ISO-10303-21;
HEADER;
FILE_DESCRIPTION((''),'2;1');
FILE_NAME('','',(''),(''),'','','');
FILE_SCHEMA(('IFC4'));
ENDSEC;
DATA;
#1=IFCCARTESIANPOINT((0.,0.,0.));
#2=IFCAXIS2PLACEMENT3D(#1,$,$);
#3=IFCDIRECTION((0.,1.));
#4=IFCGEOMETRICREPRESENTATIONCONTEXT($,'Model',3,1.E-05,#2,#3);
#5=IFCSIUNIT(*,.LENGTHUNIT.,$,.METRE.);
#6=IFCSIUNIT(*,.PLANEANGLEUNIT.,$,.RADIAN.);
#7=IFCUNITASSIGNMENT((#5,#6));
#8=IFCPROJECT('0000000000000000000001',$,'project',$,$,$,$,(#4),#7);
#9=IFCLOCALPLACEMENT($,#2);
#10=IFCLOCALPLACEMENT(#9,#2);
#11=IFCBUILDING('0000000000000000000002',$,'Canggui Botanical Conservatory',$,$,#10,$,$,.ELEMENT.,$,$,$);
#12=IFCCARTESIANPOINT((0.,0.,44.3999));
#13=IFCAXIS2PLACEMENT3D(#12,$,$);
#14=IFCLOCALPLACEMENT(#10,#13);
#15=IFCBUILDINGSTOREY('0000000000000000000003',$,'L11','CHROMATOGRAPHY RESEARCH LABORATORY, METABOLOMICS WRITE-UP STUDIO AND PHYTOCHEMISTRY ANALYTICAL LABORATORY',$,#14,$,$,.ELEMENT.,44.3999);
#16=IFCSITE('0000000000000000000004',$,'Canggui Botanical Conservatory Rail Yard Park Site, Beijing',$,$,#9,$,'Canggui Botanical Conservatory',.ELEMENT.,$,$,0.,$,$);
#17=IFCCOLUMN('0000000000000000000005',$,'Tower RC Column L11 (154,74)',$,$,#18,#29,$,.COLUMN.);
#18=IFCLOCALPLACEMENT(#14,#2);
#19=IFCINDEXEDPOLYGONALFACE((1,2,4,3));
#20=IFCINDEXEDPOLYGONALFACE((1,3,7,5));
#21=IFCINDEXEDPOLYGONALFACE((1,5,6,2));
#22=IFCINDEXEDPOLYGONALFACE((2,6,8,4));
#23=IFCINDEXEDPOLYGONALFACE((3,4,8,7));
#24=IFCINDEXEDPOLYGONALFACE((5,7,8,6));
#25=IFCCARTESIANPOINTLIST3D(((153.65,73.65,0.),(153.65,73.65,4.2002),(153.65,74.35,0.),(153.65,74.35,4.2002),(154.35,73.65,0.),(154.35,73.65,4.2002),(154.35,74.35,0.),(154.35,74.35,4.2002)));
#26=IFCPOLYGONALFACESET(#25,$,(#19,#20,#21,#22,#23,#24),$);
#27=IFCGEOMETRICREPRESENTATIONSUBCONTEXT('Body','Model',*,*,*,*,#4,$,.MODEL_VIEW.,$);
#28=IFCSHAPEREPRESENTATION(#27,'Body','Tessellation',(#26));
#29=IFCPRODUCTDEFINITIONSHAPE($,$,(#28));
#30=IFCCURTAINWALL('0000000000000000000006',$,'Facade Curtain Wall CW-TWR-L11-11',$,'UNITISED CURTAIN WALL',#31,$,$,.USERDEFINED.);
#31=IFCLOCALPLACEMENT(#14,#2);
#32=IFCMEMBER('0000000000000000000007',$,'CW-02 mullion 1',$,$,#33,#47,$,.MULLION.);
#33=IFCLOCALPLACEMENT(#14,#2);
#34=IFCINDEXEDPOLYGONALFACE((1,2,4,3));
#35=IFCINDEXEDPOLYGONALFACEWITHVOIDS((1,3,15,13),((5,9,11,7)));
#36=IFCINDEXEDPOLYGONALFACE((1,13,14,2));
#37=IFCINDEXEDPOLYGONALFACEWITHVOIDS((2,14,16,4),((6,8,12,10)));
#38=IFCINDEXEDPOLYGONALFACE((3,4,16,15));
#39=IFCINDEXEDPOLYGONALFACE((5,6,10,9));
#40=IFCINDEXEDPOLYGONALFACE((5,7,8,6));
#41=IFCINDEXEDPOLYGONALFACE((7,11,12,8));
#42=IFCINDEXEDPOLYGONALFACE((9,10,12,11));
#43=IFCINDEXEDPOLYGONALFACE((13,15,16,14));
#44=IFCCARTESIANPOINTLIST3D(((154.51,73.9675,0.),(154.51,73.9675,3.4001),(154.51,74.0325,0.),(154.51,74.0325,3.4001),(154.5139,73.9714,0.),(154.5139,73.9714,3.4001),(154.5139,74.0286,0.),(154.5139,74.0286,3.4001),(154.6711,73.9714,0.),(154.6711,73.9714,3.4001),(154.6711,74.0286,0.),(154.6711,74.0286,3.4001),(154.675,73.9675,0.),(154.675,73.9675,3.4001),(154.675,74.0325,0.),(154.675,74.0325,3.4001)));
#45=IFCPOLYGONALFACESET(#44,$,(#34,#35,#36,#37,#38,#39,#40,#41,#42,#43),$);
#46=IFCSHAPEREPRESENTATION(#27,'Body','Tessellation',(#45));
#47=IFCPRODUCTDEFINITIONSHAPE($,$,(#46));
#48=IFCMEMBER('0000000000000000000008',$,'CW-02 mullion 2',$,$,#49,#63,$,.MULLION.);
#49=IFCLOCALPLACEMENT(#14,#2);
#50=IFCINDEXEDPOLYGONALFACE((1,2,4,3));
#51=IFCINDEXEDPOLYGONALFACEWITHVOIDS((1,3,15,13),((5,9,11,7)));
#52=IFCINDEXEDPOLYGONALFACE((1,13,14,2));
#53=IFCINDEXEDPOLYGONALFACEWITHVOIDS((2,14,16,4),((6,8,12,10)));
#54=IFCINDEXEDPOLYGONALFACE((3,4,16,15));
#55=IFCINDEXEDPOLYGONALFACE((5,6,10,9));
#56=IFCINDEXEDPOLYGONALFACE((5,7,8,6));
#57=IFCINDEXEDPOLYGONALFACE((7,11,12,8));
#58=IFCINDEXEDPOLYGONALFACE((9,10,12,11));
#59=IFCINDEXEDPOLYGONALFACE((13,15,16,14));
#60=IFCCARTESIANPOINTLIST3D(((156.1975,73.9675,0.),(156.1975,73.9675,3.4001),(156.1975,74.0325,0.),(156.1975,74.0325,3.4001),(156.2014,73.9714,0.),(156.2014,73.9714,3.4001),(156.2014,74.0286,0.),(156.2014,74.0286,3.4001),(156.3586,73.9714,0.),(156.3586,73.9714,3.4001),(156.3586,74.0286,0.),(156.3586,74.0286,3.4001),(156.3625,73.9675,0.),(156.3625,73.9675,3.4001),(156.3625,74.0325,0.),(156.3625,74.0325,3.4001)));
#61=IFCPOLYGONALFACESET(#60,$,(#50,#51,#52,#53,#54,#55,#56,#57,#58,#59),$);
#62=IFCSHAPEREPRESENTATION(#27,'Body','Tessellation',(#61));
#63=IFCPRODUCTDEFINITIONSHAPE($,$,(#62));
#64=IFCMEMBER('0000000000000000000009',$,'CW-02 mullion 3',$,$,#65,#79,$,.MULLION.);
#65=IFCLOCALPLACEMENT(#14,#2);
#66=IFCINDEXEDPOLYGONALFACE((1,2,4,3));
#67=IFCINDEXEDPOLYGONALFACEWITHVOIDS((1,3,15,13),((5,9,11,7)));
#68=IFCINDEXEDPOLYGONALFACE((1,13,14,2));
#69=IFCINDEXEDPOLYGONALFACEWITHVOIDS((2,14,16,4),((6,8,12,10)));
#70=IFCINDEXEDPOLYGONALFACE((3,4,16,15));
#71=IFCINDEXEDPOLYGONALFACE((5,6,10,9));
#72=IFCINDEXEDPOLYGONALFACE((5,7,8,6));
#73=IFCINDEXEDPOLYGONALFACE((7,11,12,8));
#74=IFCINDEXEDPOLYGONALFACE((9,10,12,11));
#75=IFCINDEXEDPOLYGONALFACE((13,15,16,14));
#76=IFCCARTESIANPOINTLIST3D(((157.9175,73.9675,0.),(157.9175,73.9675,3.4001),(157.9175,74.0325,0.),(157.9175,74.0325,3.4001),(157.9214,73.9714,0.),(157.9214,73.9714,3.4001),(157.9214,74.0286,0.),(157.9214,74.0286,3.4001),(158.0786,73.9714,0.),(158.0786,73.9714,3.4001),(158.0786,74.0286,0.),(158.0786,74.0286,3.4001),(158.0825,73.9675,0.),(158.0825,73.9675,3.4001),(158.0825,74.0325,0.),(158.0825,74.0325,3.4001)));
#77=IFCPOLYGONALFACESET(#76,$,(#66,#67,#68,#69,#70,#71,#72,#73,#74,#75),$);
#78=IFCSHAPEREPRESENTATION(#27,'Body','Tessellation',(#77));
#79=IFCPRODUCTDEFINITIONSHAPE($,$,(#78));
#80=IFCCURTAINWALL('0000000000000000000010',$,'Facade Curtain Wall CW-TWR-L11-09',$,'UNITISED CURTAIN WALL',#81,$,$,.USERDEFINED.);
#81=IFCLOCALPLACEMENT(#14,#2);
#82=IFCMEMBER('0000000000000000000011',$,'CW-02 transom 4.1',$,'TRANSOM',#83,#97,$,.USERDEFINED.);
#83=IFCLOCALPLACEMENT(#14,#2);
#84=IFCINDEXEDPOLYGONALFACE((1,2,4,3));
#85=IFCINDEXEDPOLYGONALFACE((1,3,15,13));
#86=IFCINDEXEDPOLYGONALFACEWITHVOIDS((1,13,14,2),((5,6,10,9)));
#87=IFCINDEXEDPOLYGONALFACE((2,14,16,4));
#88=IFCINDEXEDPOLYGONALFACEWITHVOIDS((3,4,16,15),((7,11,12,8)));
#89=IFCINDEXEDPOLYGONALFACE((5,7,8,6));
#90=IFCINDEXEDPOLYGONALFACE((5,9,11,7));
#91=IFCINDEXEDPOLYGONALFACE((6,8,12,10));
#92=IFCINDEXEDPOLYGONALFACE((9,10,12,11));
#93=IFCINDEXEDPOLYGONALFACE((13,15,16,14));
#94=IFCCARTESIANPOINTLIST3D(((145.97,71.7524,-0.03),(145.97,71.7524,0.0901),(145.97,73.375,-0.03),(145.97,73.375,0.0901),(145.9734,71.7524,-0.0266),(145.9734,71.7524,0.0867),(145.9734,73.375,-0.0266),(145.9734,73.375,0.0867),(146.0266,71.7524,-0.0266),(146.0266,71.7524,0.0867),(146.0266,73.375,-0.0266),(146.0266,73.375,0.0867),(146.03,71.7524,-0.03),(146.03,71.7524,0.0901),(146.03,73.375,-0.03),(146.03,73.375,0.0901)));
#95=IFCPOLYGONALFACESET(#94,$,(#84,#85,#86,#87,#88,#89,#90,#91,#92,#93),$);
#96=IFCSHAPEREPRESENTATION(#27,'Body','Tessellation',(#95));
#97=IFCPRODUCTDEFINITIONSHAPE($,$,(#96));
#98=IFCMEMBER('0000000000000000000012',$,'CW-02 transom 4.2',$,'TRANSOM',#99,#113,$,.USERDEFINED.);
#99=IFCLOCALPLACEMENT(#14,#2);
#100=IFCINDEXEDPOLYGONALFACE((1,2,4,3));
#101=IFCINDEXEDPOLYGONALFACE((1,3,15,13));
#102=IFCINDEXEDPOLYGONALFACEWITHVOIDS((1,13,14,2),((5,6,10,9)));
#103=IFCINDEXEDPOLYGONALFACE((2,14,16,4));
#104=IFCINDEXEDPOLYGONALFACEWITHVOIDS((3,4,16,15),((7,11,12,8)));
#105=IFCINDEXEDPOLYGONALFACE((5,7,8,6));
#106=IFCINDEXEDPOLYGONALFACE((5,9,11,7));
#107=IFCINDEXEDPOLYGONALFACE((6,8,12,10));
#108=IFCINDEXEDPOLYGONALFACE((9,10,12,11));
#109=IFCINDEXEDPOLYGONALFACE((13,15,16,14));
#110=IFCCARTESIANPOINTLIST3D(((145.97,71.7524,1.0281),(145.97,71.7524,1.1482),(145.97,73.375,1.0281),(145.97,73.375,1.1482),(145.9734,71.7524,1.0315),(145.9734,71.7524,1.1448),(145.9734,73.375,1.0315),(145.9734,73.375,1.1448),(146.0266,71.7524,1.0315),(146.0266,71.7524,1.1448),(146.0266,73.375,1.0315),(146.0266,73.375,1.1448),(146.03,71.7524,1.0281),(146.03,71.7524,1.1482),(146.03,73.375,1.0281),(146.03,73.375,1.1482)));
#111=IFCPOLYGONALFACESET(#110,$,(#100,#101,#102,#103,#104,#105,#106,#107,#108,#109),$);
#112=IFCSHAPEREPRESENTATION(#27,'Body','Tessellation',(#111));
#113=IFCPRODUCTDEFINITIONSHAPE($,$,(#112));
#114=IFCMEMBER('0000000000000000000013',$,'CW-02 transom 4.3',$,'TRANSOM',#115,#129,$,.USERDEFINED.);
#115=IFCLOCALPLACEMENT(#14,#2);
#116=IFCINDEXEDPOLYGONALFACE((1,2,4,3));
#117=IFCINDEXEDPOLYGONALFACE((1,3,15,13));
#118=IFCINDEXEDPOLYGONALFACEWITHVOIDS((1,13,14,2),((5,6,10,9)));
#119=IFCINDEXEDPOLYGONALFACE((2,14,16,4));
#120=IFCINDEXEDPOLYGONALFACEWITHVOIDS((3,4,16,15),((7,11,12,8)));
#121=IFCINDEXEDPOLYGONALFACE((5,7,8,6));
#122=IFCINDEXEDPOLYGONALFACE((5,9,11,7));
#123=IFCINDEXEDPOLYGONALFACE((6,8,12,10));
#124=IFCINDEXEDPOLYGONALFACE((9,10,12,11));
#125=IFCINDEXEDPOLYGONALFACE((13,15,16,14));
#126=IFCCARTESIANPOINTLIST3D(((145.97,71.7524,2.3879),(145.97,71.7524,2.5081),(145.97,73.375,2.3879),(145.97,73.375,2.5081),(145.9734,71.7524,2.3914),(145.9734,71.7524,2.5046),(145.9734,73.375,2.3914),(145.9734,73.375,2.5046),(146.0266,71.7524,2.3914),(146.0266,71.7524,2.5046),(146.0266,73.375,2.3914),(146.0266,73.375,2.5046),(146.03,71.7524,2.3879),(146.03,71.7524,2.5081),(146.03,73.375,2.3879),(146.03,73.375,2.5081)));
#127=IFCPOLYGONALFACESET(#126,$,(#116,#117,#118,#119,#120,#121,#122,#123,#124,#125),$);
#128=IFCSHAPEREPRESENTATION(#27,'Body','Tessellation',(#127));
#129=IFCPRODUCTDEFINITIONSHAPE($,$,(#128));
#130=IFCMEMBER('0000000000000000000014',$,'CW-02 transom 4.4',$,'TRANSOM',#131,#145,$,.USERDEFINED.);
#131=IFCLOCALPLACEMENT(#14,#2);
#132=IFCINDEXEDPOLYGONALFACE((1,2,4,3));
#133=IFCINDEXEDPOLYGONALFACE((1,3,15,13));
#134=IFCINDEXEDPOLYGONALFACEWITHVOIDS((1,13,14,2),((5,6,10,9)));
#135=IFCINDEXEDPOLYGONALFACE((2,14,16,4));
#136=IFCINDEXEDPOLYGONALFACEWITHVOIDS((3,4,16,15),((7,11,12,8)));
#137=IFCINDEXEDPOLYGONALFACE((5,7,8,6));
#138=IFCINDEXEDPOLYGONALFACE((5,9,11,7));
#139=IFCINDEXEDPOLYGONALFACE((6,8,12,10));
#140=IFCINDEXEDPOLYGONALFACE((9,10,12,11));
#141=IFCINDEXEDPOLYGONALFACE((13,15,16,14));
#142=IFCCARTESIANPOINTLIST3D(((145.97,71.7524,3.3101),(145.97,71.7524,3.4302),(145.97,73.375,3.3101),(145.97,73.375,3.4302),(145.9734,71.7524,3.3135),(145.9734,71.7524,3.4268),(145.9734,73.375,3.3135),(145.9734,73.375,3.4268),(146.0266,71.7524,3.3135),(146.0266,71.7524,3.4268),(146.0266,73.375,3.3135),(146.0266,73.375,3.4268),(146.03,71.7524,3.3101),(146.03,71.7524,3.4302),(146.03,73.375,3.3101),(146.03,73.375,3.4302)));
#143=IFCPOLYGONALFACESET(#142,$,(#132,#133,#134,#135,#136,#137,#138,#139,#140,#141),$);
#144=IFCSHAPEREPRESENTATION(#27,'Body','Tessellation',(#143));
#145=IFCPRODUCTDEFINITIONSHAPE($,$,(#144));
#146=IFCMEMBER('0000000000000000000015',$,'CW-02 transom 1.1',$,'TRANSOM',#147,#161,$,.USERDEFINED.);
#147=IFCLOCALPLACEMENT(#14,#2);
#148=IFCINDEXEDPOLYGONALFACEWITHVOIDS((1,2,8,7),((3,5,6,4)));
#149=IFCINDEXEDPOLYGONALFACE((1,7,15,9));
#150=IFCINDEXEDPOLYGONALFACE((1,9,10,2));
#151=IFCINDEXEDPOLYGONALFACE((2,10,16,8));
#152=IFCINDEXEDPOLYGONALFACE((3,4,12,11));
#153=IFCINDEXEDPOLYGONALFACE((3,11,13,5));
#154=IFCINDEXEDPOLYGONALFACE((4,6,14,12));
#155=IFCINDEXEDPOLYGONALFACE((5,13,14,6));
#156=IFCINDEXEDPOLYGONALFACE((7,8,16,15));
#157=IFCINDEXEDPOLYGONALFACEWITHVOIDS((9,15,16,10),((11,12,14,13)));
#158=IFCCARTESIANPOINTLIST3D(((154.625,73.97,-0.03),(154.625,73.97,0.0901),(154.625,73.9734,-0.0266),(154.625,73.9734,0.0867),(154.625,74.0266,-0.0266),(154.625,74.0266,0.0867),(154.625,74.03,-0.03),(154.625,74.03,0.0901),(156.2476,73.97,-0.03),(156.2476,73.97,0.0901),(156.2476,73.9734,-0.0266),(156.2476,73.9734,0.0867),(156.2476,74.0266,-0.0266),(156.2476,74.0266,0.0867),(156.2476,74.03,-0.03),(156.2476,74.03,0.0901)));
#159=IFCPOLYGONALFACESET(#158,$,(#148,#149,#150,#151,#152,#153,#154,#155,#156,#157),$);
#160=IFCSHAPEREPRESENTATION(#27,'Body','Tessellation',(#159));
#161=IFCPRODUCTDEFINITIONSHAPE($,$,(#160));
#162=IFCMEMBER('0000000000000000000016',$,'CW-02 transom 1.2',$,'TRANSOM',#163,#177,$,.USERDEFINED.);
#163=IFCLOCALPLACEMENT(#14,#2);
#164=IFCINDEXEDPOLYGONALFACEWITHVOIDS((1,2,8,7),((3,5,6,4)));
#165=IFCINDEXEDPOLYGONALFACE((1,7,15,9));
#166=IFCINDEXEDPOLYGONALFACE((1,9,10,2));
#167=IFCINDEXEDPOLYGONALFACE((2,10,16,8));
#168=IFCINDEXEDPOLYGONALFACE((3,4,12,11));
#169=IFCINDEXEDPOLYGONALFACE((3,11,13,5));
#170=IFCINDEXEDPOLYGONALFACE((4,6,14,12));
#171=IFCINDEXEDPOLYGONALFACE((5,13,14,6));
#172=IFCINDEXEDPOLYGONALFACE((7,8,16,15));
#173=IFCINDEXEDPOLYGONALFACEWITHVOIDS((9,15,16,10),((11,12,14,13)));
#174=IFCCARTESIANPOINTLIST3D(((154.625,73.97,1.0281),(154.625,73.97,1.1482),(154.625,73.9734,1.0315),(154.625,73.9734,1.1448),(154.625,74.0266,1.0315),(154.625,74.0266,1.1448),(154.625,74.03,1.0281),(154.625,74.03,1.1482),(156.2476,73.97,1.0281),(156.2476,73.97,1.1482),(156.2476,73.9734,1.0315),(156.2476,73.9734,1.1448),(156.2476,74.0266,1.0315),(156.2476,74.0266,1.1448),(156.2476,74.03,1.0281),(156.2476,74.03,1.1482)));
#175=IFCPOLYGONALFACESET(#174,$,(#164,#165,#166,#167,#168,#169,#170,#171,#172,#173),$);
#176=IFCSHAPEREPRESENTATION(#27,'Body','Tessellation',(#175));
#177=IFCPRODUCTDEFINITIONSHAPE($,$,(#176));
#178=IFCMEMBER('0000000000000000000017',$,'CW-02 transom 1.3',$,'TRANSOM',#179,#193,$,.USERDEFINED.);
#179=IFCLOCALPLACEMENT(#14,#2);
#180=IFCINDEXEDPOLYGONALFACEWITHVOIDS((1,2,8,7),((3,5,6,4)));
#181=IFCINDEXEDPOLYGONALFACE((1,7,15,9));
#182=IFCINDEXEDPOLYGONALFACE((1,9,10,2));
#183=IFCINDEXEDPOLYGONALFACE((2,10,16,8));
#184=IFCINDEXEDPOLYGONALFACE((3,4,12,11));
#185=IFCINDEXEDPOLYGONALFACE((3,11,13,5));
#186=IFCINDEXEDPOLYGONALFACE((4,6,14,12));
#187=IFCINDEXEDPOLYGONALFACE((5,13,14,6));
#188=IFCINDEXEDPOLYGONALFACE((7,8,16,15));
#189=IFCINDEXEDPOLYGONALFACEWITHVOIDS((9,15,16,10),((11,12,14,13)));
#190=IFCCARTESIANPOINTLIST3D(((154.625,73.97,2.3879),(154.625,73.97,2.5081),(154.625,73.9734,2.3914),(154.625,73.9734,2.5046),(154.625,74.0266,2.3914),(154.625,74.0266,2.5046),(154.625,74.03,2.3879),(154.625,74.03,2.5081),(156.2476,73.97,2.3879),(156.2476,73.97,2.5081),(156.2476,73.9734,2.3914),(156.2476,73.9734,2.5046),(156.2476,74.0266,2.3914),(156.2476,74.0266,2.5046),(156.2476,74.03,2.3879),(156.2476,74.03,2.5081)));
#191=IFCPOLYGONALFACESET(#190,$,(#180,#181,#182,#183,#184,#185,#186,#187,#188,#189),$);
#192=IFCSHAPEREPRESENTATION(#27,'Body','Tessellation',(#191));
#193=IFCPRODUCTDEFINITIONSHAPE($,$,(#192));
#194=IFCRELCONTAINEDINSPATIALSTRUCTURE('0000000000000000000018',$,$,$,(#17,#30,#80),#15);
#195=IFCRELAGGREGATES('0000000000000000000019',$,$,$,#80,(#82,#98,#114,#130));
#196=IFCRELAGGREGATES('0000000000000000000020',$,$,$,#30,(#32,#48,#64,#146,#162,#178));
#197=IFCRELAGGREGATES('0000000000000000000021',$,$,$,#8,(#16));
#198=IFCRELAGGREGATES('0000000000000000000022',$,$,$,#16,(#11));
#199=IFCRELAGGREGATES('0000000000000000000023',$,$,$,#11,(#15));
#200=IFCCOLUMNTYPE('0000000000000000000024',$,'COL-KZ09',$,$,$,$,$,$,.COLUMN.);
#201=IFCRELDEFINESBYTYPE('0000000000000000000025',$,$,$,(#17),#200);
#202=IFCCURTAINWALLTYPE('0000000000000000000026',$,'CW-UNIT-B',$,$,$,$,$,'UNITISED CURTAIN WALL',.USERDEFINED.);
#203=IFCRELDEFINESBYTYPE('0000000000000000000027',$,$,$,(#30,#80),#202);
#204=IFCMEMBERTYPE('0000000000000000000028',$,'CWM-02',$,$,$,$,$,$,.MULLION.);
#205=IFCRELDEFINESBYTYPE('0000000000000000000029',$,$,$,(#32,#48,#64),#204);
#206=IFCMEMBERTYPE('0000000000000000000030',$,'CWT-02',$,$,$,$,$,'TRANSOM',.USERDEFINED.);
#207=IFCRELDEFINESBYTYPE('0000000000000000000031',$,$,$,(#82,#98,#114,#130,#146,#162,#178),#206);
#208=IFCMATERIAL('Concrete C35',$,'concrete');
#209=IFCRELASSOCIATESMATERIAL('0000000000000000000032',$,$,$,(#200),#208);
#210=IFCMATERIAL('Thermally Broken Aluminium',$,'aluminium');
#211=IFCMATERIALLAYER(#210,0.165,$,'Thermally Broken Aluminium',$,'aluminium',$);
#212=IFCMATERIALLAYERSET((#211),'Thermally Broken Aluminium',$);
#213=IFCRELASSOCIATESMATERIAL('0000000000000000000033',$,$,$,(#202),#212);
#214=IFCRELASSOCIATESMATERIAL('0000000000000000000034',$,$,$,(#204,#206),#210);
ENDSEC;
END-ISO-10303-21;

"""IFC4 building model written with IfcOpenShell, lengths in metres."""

from ifc_helpers import new_model, si_unit, direction, frame, origin, origin_2d, place, context, subcontext, project, spatial, rectangle, hollow_rectangle, extrude, material, layer, layer_set, material_profile, profile_set, type_object, element, aggregate, save


model = new_model("IFC4")

# Units and contexts
model_context = context("Model", 3, precision=1e-05, world=origin(), true_north=direction((0.0, 1.0)))
body_context = subcontext(model_context, "Body", "Model", "MODEL_VIEW")
ifc_project = project(units=[si_unit("LENGTHUNIT", "METRE"), si_unit("PLANEANGLEUNIT", "RADIAN")], contexts=[model_context])

# Site, building, storey
site_placement = place(None, origin())
site = spatial("IfcSite", under=ifc_project, at=site_placement, Name="Canggui Botanical Conservatory Rail Yard Park Site, Beijing", LongName="Canggui Botanical Conservatory", CompositionType="ELEMENT", RefElevation=0.0)
building_placement = place(site_placement, origin())
building = spatial("IfcBuilding", under=site, at=building_placement, Name="Canggui Botanical Conservatory", CompositionType="ELEMENT")
storey_placement = place(building_placement, frame((0.0, 0.0, 44.3999)))
storey = spatial("IfcBuildingStorey", under=building, at=storey_placement, Name="L11", Description="CHROMATOGRAPHY RESEARCH LABORATORY, METABOLOMICS WRITE-UP STUDIO AND PHYTOCHEMISTRY ANALYTICAL LABORATORY", CompositionType="ELEMENT", Elevation=44.3999)

# Column
ifc_material_1 = material(Name="Concrete C35", Category="concrete")
ifc_material_profile_1 = material_profile(ifc_material_1, rectangle(XDim=0.7, YDim=0.7, at=origin_2d()), Name="RC 700x700")
ifc_profile_set_1 = profile_set([ifc_material_profile_1], Name="Concrete C35")
column_type = type_object("IfcColumnType", Name="COL-KZ09", PredefinedType="COLUMN", material=ifc_profile_set_1)
column_placement = place(storey_placement, frame((154.0, 74.0, 0.0), z_axis=(0.0, 0.0, 1.0), x_axis=(1.0, 0.0, 0.0)))
element("IfcColumn", 1, at=column_placement, inside=storey, type_object=column_type, Name="Tower RC Column L11 (154,74)", PredefinedType="COLUMN", context=body_context, shape_type="SweptSolid", body=[
    extrude(rectangle(XDim=0.7, YDim=0.7, at=origin_2d()), origin(), (0.0, 0.0, 1.0), 4.2002),
])

# Curtain walls, members
ifc_material_2 = material(Name="Thermally Broken Aluminium", Category="aluminium")
ifc_layer_1 = layer(ifc_material_2, 0.165, Name="Thermally Broken Aluminium", Category="aluminium")
ifc_layer_set_1 = layer_set([ifc_layer_1], Name="Thermally Broken Aluminium")
curtain_wall_type = type_object("IfcCurtainWallType", Name="CW-UNIT-B", ElementType="UNITISED CURTAIN WALL", PredefinedType="USERDEFINED", material=ifc_layer_set_1)
curtain_wall_1_placement = place(storey_placement, origin())
curtain_wall_1 = element("IfcCurtainWall", 2, at=curtain_wall_1_placement, inside=storey, type_object=curtain_wall_type, Name="Facade Curtain Wall CW-TWR-L11-11", ObjectType="UNITISED CURTAIN WALL", PredefinedType="USERDEFINED")
ifc_material_profile_2 = material_profile(ifc_material_2, hollow_rectangle(XDim=0.0649, YDim=0.165, WallThickness=0.0039, at=origin_2d()), Name="CWM 65x165x4")
ifc_profile_set_2 = profile_set([ifc_material_profile_2], Name="Thermally Broken Aluminium")
member_type_1 = type_object("IfcMemberType", Name="CWM-02", PredefinedType="MULLION", material=ifc_profile_set_2)
member_1_placement = place(storey_placement, frame((154.5925, 74.0, 0.0), z_axis=(0.0, 0.0, 1.0), x_axis=(0.0, 1.0, 0.0)))
member_1 = element("IfcMember", 3, at=member_1_placement, type_object=member_type_1, Name="CW-02 mullion 1", PredefinedType="MULLION", context=body_context, shape_type="SweptSolid", body=[
    extrude(hollow_rectangle(XDim=0.0649, YDim=0.165, WallThickness=0.0039, at=origin_2d()), origin(), (0.0, 0.0, 1.0), 3.4001),
])
member_2_placement = place(storey_placement, frame((156.28, 74.0, 0.0), z_axis=(0.0, 0.0, 1.0), x_axis=(0.0, 1.0, 0.0)))
member_2 = element("IfcMember", 4, at=member_2_placement, type_object=member_type_1, Name="CW-02 mullion 2", PredefinedType="MULLION", context=body_context, shape_type="SweptSolid", body=[
    extrude(hollow_rectangle(XDim=0.0649, YDim=0.165, WallThickness=0.0039, at=origin_2d()), origin(), (0.0, 0.0, 1.0), 3.4001),
])
member_3_placement = place(storey_placement, frame((158.0, 74.0, 0.0), z_axis=(0.0, 0.0, 1.0), x_axis=(0.0, 1.0, 0.0)))
member_3 = element("IfcMember", 5, at=member_3_placement, type_object=member_type_1, Name="CW-02 mullion 3", PredefinedType="MULLION", context=body_context, shape_type="SweptSolid", body=[
    extrude(hollow_rectangle(XDim=0.0649, YDim=0.165, WallThickness=0.0039, at=origin_2d()), origin(), (0.0, 0.0, 1.0), 3.4001),
])
curtain_wall_2_placement = place(storey_placement, origin())
curtain_wall_2 = element("IfcCurtainWall", 6, at=curtain_wall_2_placement, inside=storey, type_object=curtain_wall_type, Name="Facade Curtain Wall CW-TWR-L11-09", ObjectType="UNITISED CURTAIN WALL", PredefinedType="USERDEFINED")
ifc_material_profile_3 = material_profile(ifc_material_2, hollow_rectangle(XDim=0.0601, YDim=0.1201, WallThickness=0.0034, at=origin_2d()), Name="CWT 60x120x3.5")
ifc_profile_set_3 = profile_set([ifc_material_profile_3], Name="Thermally Broken Aluminium")
member_type_2 = type_object("IfcMemberType", Name="CWT-02", ElementType="TRANSOM", PredefinedType="USERDEFINED", material=ifc_profile_set_3)
member_4_placement = place(storey_placement, frame((146.0, 71.7524, 0.03), z_axis=(0.0, 1.0, 0.0), x_axis=(-1.0, 0.0, 0.0)))
member_4 = element("IfcMember", 7, at=member_4_placement, type_object=member_type_2, Name="CW-02 transom 4.1", ObjectType="TRANSOM", PredefinedType="USERDEFINED", context=body_context, shape_type="SweptSolid", body=[
    extrude(hollow_rectangle(XDim=0.0601, YDim=0.1201, WallThickness=0.0034, at=origin_2d()), origin(), (0.0, 0.0, 1.0), 1.6226),
])
member_5_placement = place(storey_placement, frame((146.0, 71.7524, 1.0881), z_axis=(0.0, 1.0, 0.0), x_axis=(-1.0, 0.0, 0.0)))
member_5 = element("IfcMember", 8, at=member_5_placement, type_object=member_type_2, Name="CW-02 transom 4.2", ObjectType="TRANSOM", PredefinedType="USERDEFINED", context=body_context, shape_type="SweptSolid", body=[
    extrude(hollow_rectangle(XDim=0.0601, YDim=0.1201, WallThickness=0.0034, at=origin_2d()), origin(), (0.0, 0.0, 1.0), 1.6226),
])
member_6_placement = place(storey_placement, frame((146.0, 71.7524, 2.448), z_axis=(0.0, 1.0, 0.0), x_axis=(-1.0, 0.0, 0.0)))
member_6 = element("IfcMember", 9, at=member_6_placement, type_object=member_type_2, Name="CW-02 transom 4.3", ObjectType="TRANSOM", PredefinedType="USERDEFINED", context=body_context, shape_type="SweptSolid", body=[
    extrude(hollow_rectangle(XDim=0.0601, YDim=0.1201, WallThickness=0.0034, at=origin_2d()), origin(), (0.0, 0.0, 1.0), 1.6226),
])
member_7_placement = place(storey_placement, frame((146.0, 71.7524, 3.3701), z_axis=(0.0, 1.0, 0.0), x_axis=(-1.0, 0.0, 0.0)))
member_7 = element("IfcMember", 10, at=member_7_placement, type_object=member_type_2, Name="CW-02 transom 4.4", ObjectType="TRANSOM", PredefinedType="USERDEFINED", context=body_context, shape_type="SweptSolid", body=[
    extrude(hollow_rectangle(XDim=0.0601, YDim=0.1201, WallThickness=0.0034, at=origin_2d()), origin(), (0.0, 0.0, 1.0), 1.6226),
])

# Members
member_8_placement = place(storey_placement, frame((154.625, 74.0, 0.03), z_axis=(1.0, 0.0, 0.0), x_axis=(0.0, 1.0, 0.0)))
member_8 = element("IfcMember", 11, at=member_8_placement, type_object=member_type_2, Name="CW-02 transom 1.1", ObjectType="TRANSOM", PredefinedType="USERDEFINED", context=body_context, shape_type="SweptSolid", body=[
    extrude(hollow_rectangle(XDim=0.0601, YDim=0.1201, WallThickness=0.0034, at=origin_2d()), origin(), (0.0, 0.0, 1.0), 1.6226),
])
member_9_placement = place(storey_placement, frame((154.625, 74.0, 1.0881), z_axis=(1.0, 0.0, 0.0), x_axis=(0.0, 1.0, 0.0)))
member_9 = element("IfcMember", 12, at=member_9_placement, type_object=member_type_2, Name="CW-02 transom 1.2", ObjectType="TRANSOM", PredefinedType="USERDEFINED", context=body_context, shape_type="SweptSolid", body=[
    extrude(hollow_rectangle(XDim=0.0601, YDim=0.1201, WallThickness=0.0034, at=origin_2d()), origin(), (0.0, 0.0, 1.0), 1.6226),
])
member_10_placement = place(storey_placement, frame((154.625, 74.0, 2.448), z_axis=(1.0, 0.0, 0.0), x_axis=(0.0, 1.0, 0.0)))
member_10 = element("IfcMember", 13, at=member_10_placement, type_object=member_type_2, Name="CW-02 transom 1.3", ObjectType="TRANSOM", PredefinedType="USERDEFINED", context=body_context, shape_type="SweptSolid", body=[
    extrude(hollow_rectangle(XDim=0.0601, YDim=0.1201, WallThickness=0.0034, at=origin_2d()), origin(), (0.0, 0.0, 1.0), 1.6226),
])

aggregate(curtain_wall_2, [member_4, member_5, member_6, member_7])
aggregate(curtain_wall_1, [member_1, member_2, member_3, member_8, member_9, member_10])

save(model, "model.ifc")
